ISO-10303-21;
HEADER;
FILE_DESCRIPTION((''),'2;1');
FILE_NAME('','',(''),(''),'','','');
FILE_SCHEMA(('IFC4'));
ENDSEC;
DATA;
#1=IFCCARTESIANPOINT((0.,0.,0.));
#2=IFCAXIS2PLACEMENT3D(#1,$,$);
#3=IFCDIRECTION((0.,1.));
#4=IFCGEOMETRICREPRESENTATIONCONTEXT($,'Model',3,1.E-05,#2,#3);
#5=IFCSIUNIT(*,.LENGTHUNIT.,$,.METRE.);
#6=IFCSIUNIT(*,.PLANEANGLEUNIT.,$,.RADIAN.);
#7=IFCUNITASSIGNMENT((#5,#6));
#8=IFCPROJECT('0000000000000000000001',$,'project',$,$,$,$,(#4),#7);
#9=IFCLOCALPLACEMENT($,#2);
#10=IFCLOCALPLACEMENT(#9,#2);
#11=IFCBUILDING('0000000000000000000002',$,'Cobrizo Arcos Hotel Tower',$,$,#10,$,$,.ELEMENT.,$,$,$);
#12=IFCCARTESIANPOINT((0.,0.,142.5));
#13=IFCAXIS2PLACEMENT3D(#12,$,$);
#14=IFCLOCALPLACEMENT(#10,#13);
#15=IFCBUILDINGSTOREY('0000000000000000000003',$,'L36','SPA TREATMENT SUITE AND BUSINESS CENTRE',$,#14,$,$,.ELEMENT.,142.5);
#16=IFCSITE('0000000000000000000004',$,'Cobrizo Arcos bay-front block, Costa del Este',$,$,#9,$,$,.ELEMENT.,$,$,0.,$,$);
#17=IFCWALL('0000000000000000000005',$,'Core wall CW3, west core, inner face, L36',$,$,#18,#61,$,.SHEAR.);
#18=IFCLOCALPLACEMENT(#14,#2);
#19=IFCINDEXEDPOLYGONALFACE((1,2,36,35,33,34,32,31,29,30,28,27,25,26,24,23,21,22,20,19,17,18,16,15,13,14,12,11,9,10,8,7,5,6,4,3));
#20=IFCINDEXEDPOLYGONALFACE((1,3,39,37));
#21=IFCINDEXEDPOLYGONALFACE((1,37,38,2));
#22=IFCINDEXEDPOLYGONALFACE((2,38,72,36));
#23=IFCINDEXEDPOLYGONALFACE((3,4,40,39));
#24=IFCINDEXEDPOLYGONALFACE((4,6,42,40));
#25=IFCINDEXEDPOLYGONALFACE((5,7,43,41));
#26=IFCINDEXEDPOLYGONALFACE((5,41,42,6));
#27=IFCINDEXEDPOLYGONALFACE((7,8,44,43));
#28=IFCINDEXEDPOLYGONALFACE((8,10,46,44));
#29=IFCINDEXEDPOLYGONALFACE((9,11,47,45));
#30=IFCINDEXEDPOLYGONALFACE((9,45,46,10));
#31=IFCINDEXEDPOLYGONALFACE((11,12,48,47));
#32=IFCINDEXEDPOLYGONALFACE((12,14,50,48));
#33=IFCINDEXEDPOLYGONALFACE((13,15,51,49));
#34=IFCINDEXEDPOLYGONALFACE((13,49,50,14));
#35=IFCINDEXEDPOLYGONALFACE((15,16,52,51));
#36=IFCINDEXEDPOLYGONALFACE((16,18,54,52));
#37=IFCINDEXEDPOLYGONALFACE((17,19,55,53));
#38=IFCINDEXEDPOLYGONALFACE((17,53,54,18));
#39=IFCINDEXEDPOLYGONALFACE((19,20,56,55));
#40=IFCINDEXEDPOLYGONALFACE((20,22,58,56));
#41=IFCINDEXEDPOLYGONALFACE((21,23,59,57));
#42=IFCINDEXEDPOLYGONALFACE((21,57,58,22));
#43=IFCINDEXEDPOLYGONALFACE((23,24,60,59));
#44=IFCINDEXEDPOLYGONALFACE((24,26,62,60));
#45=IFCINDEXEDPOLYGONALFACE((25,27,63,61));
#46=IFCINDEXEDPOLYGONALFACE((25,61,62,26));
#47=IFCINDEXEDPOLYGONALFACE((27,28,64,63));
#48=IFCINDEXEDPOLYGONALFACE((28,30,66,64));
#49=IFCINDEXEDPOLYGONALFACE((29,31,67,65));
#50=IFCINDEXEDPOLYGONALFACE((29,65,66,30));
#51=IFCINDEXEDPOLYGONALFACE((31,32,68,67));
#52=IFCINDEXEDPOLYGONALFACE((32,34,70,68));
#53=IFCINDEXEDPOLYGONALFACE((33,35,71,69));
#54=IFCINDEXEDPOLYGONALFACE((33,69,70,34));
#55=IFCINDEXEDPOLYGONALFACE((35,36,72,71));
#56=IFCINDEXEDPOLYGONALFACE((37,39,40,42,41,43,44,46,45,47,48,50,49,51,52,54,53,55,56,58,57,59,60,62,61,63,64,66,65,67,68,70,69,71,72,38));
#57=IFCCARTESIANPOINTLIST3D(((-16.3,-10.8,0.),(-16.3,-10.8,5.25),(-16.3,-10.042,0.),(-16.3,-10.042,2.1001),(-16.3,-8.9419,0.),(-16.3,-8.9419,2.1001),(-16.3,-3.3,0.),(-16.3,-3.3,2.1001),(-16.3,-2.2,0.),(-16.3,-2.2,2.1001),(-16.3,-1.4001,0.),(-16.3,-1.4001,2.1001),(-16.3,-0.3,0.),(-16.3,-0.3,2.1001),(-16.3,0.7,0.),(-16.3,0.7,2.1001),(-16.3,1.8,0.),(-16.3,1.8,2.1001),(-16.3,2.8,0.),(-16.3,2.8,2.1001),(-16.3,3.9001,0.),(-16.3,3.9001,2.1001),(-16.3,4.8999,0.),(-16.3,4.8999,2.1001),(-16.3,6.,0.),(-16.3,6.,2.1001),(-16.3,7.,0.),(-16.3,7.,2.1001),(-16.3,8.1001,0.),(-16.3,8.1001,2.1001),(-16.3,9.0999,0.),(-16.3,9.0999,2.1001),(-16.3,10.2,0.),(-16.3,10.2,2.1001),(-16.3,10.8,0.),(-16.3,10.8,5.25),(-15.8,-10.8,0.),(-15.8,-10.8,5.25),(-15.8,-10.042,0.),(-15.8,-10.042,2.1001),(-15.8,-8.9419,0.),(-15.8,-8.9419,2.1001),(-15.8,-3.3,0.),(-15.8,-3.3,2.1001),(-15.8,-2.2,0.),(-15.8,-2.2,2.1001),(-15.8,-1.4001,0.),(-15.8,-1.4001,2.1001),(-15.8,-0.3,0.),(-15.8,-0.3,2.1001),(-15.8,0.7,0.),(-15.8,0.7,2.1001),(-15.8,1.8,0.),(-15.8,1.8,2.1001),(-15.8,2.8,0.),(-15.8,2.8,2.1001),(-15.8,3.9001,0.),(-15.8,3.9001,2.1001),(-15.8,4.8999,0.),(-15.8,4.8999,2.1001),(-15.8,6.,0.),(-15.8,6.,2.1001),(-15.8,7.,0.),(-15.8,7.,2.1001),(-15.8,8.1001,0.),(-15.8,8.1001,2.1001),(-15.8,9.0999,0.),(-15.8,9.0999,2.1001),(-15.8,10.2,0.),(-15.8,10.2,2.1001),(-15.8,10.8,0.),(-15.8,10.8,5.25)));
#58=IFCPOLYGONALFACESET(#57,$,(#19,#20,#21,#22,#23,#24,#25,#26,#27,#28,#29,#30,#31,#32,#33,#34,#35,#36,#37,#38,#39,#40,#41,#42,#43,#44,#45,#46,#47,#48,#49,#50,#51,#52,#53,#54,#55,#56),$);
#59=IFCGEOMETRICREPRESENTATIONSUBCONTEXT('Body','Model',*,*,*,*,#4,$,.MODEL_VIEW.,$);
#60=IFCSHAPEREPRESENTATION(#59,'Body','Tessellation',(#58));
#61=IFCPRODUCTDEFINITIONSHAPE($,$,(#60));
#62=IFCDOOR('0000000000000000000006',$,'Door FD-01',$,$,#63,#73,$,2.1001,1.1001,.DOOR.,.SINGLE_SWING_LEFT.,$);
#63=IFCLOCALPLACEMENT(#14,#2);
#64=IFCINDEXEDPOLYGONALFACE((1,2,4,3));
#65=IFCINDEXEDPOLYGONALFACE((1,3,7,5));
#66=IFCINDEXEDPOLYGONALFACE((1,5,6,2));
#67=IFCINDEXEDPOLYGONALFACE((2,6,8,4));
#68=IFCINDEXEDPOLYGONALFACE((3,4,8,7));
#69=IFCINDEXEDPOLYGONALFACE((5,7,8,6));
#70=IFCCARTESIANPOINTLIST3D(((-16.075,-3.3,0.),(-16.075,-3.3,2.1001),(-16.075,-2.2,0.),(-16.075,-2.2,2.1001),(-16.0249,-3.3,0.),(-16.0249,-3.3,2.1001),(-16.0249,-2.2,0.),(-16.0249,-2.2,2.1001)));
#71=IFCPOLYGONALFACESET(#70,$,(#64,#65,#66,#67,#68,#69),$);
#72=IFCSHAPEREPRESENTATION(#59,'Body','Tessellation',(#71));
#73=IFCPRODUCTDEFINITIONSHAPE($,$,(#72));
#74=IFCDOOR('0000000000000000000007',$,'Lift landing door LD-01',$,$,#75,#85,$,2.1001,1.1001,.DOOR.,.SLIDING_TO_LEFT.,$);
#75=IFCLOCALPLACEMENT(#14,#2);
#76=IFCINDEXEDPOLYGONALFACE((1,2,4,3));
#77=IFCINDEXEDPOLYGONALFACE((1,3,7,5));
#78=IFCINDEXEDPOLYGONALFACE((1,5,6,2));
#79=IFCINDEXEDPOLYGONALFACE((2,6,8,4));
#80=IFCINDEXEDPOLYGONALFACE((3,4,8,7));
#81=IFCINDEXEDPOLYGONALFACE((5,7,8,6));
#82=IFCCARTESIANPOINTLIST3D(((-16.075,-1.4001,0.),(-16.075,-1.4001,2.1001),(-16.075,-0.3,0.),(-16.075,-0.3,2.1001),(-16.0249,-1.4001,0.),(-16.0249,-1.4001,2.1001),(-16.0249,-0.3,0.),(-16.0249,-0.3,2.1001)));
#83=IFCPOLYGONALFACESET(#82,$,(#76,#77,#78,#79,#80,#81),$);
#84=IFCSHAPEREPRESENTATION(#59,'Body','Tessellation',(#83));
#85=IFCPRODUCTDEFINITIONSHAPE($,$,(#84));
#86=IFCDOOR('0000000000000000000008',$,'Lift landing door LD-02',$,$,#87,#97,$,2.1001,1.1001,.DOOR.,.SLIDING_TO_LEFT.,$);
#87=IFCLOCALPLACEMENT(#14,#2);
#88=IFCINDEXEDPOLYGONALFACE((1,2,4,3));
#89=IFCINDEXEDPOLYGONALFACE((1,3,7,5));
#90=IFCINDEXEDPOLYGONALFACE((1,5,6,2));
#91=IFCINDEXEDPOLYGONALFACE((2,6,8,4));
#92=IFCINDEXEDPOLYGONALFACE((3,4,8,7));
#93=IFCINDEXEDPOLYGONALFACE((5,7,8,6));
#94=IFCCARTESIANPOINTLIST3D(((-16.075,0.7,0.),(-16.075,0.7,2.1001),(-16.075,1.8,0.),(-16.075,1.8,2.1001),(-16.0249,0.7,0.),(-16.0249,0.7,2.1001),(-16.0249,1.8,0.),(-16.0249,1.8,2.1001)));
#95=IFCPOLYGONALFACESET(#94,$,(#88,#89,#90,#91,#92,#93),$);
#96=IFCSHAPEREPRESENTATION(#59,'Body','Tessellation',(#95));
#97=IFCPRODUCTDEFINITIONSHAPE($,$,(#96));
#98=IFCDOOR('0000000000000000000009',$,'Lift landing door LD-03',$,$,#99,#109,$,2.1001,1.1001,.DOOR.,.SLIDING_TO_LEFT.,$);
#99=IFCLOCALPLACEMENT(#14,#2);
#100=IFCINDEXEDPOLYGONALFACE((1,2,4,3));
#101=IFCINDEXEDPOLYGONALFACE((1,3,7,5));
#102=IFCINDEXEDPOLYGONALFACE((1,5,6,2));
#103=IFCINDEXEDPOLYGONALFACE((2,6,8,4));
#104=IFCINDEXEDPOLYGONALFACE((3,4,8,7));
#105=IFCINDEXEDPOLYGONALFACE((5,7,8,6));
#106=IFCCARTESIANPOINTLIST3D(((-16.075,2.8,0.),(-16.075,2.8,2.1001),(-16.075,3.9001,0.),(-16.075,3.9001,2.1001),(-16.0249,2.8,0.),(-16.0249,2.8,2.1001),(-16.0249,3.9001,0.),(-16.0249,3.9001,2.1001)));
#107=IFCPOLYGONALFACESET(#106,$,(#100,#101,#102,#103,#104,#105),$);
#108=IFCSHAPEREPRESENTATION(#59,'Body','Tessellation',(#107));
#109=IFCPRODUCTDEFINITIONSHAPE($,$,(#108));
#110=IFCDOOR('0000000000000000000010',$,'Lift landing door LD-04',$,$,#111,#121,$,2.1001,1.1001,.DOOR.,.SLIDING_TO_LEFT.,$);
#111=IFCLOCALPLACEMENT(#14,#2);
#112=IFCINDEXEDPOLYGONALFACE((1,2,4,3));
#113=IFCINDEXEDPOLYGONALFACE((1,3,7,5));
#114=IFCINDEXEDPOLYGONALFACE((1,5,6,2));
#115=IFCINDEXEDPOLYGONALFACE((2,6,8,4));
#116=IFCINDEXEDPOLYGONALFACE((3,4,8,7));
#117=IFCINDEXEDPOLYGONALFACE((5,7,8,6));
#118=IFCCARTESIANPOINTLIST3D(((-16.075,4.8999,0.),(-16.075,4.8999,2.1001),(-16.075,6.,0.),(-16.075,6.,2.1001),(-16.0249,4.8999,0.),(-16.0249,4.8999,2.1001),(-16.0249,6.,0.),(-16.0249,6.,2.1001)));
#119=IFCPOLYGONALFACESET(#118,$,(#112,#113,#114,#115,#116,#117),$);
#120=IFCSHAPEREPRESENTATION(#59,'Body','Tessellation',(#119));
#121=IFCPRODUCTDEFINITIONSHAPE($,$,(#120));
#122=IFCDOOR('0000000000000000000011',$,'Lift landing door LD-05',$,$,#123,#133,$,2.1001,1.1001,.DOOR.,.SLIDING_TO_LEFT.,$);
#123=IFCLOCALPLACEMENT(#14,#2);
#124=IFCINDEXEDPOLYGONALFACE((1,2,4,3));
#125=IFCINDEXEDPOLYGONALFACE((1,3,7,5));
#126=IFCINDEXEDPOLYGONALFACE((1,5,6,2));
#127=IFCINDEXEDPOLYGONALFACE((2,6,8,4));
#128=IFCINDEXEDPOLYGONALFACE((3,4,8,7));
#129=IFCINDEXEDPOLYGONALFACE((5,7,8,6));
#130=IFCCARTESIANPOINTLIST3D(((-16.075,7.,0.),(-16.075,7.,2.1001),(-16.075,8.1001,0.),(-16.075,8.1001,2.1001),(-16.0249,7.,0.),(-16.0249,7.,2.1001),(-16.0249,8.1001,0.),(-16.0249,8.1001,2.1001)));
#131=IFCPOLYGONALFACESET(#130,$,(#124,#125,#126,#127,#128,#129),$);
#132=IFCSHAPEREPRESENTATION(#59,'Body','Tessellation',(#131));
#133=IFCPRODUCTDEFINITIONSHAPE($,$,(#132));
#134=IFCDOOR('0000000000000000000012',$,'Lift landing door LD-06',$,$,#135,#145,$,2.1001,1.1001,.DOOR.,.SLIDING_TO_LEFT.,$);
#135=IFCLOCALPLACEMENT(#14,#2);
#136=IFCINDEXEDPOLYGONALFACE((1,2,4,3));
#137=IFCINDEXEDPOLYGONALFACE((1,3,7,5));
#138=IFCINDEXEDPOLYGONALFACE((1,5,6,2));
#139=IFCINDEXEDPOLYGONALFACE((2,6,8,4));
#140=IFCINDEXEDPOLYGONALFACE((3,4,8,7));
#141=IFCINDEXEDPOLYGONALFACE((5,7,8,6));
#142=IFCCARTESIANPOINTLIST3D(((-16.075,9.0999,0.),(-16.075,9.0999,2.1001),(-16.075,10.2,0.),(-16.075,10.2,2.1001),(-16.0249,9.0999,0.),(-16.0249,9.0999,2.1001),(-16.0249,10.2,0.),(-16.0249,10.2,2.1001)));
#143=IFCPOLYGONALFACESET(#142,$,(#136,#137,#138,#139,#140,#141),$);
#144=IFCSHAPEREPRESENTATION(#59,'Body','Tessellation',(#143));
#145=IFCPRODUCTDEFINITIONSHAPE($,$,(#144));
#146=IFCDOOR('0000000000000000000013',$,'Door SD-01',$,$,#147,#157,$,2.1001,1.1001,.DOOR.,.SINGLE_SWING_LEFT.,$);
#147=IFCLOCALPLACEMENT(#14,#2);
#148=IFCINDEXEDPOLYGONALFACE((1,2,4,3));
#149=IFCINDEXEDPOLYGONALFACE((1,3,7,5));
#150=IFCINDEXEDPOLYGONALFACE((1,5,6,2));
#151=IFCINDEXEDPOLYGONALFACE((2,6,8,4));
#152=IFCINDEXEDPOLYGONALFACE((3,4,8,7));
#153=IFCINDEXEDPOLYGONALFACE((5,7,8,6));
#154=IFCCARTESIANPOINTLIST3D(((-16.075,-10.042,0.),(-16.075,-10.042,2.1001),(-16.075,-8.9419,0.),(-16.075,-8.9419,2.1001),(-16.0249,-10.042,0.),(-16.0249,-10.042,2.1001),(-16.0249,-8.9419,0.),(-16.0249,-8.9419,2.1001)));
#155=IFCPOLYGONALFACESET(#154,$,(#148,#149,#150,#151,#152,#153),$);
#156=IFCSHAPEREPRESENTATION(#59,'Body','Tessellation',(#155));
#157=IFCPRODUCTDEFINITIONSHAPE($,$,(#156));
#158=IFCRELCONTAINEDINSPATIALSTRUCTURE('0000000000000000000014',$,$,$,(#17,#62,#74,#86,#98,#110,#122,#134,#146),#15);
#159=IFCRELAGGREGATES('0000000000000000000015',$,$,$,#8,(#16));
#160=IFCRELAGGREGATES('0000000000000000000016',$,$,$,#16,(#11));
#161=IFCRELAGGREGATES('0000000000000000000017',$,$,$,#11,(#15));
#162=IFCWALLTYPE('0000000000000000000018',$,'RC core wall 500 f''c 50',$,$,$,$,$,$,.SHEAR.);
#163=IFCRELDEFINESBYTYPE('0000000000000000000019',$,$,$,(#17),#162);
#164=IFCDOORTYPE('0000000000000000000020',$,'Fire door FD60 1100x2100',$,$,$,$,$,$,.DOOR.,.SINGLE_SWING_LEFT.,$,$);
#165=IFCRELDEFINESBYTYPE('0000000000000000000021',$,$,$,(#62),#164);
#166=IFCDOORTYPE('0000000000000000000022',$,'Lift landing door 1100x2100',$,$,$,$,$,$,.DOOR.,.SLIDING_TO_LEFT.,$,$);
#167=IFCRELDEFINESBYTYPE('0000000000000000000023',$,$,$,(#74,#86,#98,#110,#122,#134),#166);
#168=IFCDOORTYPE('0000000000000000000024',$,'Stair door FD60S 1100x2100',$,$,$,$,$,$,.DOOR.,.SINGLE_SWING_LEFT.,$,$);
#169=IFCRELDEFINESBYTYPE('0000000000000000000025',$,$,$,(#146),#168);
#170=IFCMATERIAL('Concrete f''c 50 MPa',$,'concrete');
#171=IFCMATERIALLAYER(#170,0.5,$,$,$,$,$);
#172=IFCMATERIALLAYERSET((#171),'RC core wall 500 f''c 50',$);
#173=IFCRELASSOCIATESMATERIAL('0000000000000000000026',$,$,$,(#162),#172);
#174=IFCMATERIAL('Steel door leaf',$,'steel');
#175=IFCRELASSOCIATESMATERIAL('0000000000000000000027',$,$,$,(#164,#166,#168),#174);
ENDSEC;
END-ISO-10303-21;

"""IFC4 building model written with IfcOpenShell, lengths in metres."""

from ifc_helpers import new_model, si_unit, direction, frame, frame_2d, origin, place, context, subcontext, project, spatial, rectangle, extrude, material, layer, layer_set, type_object, element, fill, save


model = new_model("IFC4")

# Units and contexts
model_context = context("Model", 3, precision=1e-05, world=origin(), true_north=direction((0.0, 1.0)))
body_context = subcontext(model_context, "Body", "Model", "MODEL_VIEW")
ifc_project = project(units=[si_unit("LENGTHUNIT", "METRE"), si_unit("PLANEANGLEUNIT", "RADIAN")], contexts=[model_context])

# Site, building, storey
site_placement = place(None, origin())
site = spatial("IfcSite", under=ifc_project, at=site_placement, Name="Cobrizo Arcos bay-front block, Costa del Este", CompositionType="ELEMENT", RefElevation=0.0)
building_placement = place(site_placement, origin())
building = spatial("IfcBuilding", under=site, at=building_placement, Name="Cobrizo Arcos Hotel Tower", CompositionType="ELEMENT")
storey_placement = place(building_placement, frame((0.0, 0.0, 142.5)))
storey = spatial("IfcBuildingStorey", under=building, at=storey_placement, Name="L36", Description="SPA TREATMENT SUITE AND BUSINESS CENTRE", CompositionType="ELEMENT", Elevation=142.5)

# Wall, openings, doors
ifc_material_1 = material(Name="Concrete f'c 50 MPa", Category="concrete")
ifc_layer_1 = layer(ifc_material_1, 0.5)
ifc_layer_set_1 = layer_set([ifc_layer_1], Name="RC core wall 500 f'c 50")
wall_type_1 = type_object("IfcWallType", Name="RC core wall 500 f'c 50", PredefinedType="SHEAR", material=ifc_layer_set_1)
wall_1_placement = place(storey_placement, frame((-16.05, -10.8, 0.0), z_axis=(0.0, 0.0, 1.0), x_axis=(0.0, 1.0, 0.0)))
wall_1 = element("IfcWall", 1, at=wall_1_placement, inside=storey, type_object=wall_type_1, Name="Core wall CW3, west core, inner face, L36", PredefinedType="SHEAR", context=body_context, shape_type="SweptSolid", body=[
    extrude(rectangle(XDim=21.6001, YDim=0.5, at=frame_2d((10.8, 0.0))), origin(), (0.0, 0.0, 1.0), 5.25),
])
opening_1_placement = place(wall_1_placement, frame((9.3999, 0.0, 0.0)))
opening_1 = element("IfcOpeningElement", 2, at=opening_1_placement, cuts=wall_1, PredefinedType="OPENING", context=body_context, shape_type="SweptSolid", body=[
    extrude(rectangle(XDim=1.1001, YDim=2.1001, at=frame_2d((0.55, 1.05))), frame((0.0, 0.262, 0.0), z_axis=(0.0, -1.0, 0.0), x_axis=(1.0, 0.0, 0.0)), (0.0, 0.0, 1.0), 0.5239),
])
opening_2_placement = place(wall_1_placement, frame((11.5, 0.0, 0.0)))
opening_2 = element("IfcOpeningElement", 3, at=opening_2_placement, cuts=wall_1, PredefinedType="OPENING", context=body_context, shape_type="SweptSolid", body=[
    extrude(rectangle(XDim=1.1001, YDim=2.1001, at=frame_2d((0.55, 1.05))), frame((0.0, 0.262, 0.0), z_axis=(0.0, -1.0, 0.0), x_axis=(1.0, 0.0, 0.0)), (0.0, 0.0, 1.0), 0.5239),
])
opening_3_placement = place(wall_1_placement, frame((13.6001, 0.0, 0.0)))
opening_3 = element("IfcOpeningElement", 4, at=opening_3_placement, cuts=wall_1, PredefinedType="OPENING", context=body_context, shape_type="SweptSolid", body=[
    extrude(rectangle(XDim=1.1001, YDim=2.1001, at=frame_2d((0.55, 1.05))), frame((0.0, 0.262, 0.0), z_axis=(0.0, -1.0, 0.0), x_axis=(1.0, 0.0, 0.0)), (0.0, 0.0, 1.0), 0.5239),
])
opening_4_placement = place(wall_1_placement, frame((15.7, 0.0, 0.0)))
opening_4 = element("IfcOpeningElement", 5, at=opening_4_placement, cuts=wall_1, PredefinedType="OPENING", context=body_context, shape_type="SweptSolid", body=[
    extrude(rectangle(XDim=1.1001, YDim=2.1001, at=frame_2d((0.55, 1.05))), frame((0.0, 0.262, 0.0), z_axis=(0.0, -1.0, 0.0), x_axis=(1.0, 0.0, 0.0)), (0.0, 0.0, 1.0), 0.5239),
])
opening_5_placement = place(wall_1_placement, frame((17.8, 0.0, 0.0)))
opening_5 = element("IfcOpeningElement", 6, at=opening_5_placement, cuts=wall_1, PredefinedType="OPENING", context=body_context, shape_type="SweptSolid", body=[
    extrude(rectangle(XDim=1.1001, YDim=2.1001, at=frame_2d((0.55, 1.05))), frame((0.0, 0.262, 0.0), z_axis=(0.0, -1.0, 0.0), x_axis=(1.0, 0.0, 0.0)), (0.0, 0.0, 1.0), 0.5239),
])
opening_6_placement = place(wall_1_placement, frame((19.8999, 0.0, 0.0)))
opening_6 = element("IfcOpeningElement", 7, at=opening_6_placement, cuts=wall_1, PredefinedType="OPENING", context=body_context, shape_type="SweptSolid", body=[
    extrude(rectangle(XDim=1.1001, YDim=2.1001, at=frame_2d((0.55, 1.05))), frame((0.0, 0.262, 0.0), z_axis=(0.0, -1.0, 0.0), x_axis=(1.0, 0.0, 0.0)), (0.0, 0.0, 1.0), 0.5239),
])
opening_7_placement = place(wall_1_placement, frame((0.7581, 0.0, 0.0)))
opening_7 = element("IfcOpeningElement", 8, at=opening_7_placement, cuts=wall_1, PredefinedType="OPENING", context=body_context, shape_type="SweptSolid", body=[
    extrude(rectangle(XDim=1.1001, YDim=2.1001, at=frame_2d((0.55, 1.05))), frame((0.0, 0.262, 0.0), z_axis=(0.0, -1.0, 0.0), x_axis=(1.0, 0.0, 0.0)), (0.0, 0.0, 1.0), 0.5239),
])
opening_8_placement = place(wall_1_placement, frame((7.5, 0.0, 0.0)))
opening_8 = element("IfcOpeningElement", 9, at=opening_8_placement, cuts=wall_1, PredefinedType="OPENING", context=body_context, shape_type="SweptSolid", body=[
    extrude(rectangle(XDim=1.1001, YDim=2.1001, at=frame_2d((0.55, 1.05))), frame((0.0, 0.262, 0.0), z_axis=(0.0, -1.0, 0.0), x_axis=(1.0, 0.0, 0.0)), (0.0, 0.0, 1.0), 0.5239),
])
ifc_material_2 = material(Name="Steel door leaf", Category="steel")
door_type_1 = type_object("IfcDoorType", Name="Fire door FD60 1100x2100", OperationType="SINGLE_SWING_LEFT", PredefinedType="DOOR", material=ifc_material_2)
door_1_placement = place(opening_8_placement, origin())
door_1 = element("IfcDoor", 10, at=door_1_placement, inside=storey, type_object=door_type_1, Name="Door FD-01", OperationType="SINGLE_SWING_LEFT", OverallHeight=2.1001, OverallWidth=1.1001, PredefinedType="DOOR", context=body_context, shape_type="SweptSolid", body=[
    extrude(rectangle(XDim=1.1001, YDim=2.1001, at=frame_2d((0.55, 1.05))), frame((0.0, 0.0249, 0.0), z_axis=(0.0, -1.0, 0.0), x_axis=(1.0, 0.0, 0.0)), (0.0, 0.0, 1.0), 0.05),
])
fill(opening_8, door_1)
door_type_2 = type_object("IfcDoorType", Name="Lift landing door 1100x2100", OperationType="SLIDING_TO_LEFT", PredefinedType="DOOR", material=ifc_material_2)
door_2_placement = place(opening_1_placement, origin())
door_2 = element("IfcDoor", 11, at=door_2_placement, inside=storey, type_object=door_type_2, Name="Lift landing door LD-01", OperationType="SLIDING_TO_LEFT", OverallHeight=2.1001, OverallWidth=1.1001, PredefinedType="DOOR", context=body_context, shape_type="SweptSolid", body=[
    extrude(rectangle(XDim=1.1001, YDim=2.1001, at=frame_2d((0.55, 1.05))), frame((0.0, 0.0249, 0.0), z_axis=(0.0, -1.0, 0.0), x_axis=(1.0, 0.0, 0.0)), (0.0, 0.0, 1.0), 0.05),
])
fill(opening_1, door_2)
door_3_placement = place(opening_2_placement, origin())
door_3 = element("IfcDoor", 12, at=door_3_placement, inside=storey, type_object=door_type_2, Name="Lift landing door LD-02", OperationType="SLIDING_TO_LEFT", OverallHeight=2.1001, OverallWidth=1.1001, PredefinedType="DOOR", context=body_context, shape_type="SweptSolid", body=[
    extrude(rectangle(XDim=1.1001, YDim=2.1001, at=frame_2d((0.55, 1.05))), frame((0.0, 0.0249, 0.0), z_axis=(0.0, -1.0, 0.0), x_axis=(1.0, 0.0, 0.0)), (0.0, 0.0, 1.0), 0.05),
])
fill(opening_2, door_3)
door_4_placement = place(opening_3_placement, origin())
door_4 = element("IfcDoor", 13, at=door_4_placement, inside=storey, type_object=door_type_2, Name="Lift landing door LD-03", OperationType="SLIDING_TO_LEFT", OverallHeight=2.1001, OverallWidth=1.1001, PredefinedType="DOOR", context=body_context, shape_type="SweptSolid", body=[
    extrude(rectangle(XDim=1.1001, YDim=2.1001, at=frame_2d((0.55, 1.05))), frame((0.0, 0.0249, 0.0), z_axis=(0.0, -1.0, 0.0), x_axis=(1.0, 0.0, 0.0)), (0.0, 0.0, 1.0), 0.05),
])
fill(opening_3, door_4)
door_5_placement = place(opening_4_placement, origin())
door_5 = element("IfcDoor", 14, at=door_5_placement, inside=storey, type_object=door_type_2, Name="Lift landing door LD-04", OperationType="SLIDING_TO_LEFT", OverallHeight=2.1001, OverallWidth=1.1001, PredefinedType="DOOR", context=body_context, shape_type="SweptSolid", body=[
    extrude(rectangle(XDim=1.1001, YDim=2.1001, at=frame_2d((0.55, 1.05))), frame((0.0, 0.0249, 0.0), z_axis=(0.0, -1.0, 0.0), x_axis=(1.0, 0.0, 0.0)), (0.0, 0.0, 1.0), 0.05),
])
fill(opening_4, door_5)
door_6_placement = place(opening_5_placement, origin())
door_6 = element("IfcDoor", 15, at=door_6_placement, inside=storey, type_object=door_type_2, Name="Lift landing door LD-05", OperationType="SLIDING_TO_LEFT", OverallHeight=2.1001, OverallWidth=1.1001, PredefinedType="DOOR", context=body_context, shape_type="SweptSolid", body=[
    extrude(rectangle(XDim=1.1001, YDim=2.1001, at=frame_2d((0.55, 1.05))), frame((0.0, 0.0249, 0.0), z_axis=(0.0, -1.0, 0.0), x_axis=(1.0, 0.0, 0.0)), (0.0, 0.0, 1.0), 0.05),
])
fill(opening_5, door_6)
door_7_placement = place(opening_6_placement, origin())
door_7 = element("IfcDoor", 16, at=door_7_placement, inside=storey, type_object=door_type_2, Name="Lift landing door LD-06", OperationType="SLIDING_TO_LEFT", OverallHeight=2.1001, OverallWidth=1.1001, PredefinedType="DOOR", context=body_context, shape_type="SweptSolid", body=[
    extrude(rectangle(XDim=1.1001, YDim=2.1001, at=frame_2d((0.55, 1.05))), frame((0.0, 0.0249, 0.0), z_axis=(0.0, -1.0, 0.0), x_axis=(1.0, 0.0, 0.0)), (0.0, 0.0, 1.0), 0.05),
])
fill(opening_6, door_7)
door_type_3 = type_object("IfcDoorType", Name="Stair door FD60S 1100x2100", OperationType="SINGLE_SWING_LEFT", PredefinedType="DOOR", material=ifc_material_2)
door_8_placement = place(opening_7_placement, origin())
door_8 = element("IfcDoor", 17, at=door_8_placement, inside=storey, type_object=door_type_3, Name="Door SD-01", OperationType="SINGLE_SWING_LEFT", OverallHeight=2.1001, OverallWidth=1.1001, PredefinedType="DOOR", context=body_context, shape_type="SweptSolid", body=[
    extrude(rectangle(XDim=1.1001, YDim=2.1001, at=frame_2d((0.55, 1.05))), frame((0.0, 0.0249, 0.0), z_axis=(0.0, -1.0, 0.0), x_axis=(1.0, 0.0, 0.0)), (0.0, 0.0, 1.0), 0.05),
])
fill(opening_7, door_8)

save(model, "model.ifc")
